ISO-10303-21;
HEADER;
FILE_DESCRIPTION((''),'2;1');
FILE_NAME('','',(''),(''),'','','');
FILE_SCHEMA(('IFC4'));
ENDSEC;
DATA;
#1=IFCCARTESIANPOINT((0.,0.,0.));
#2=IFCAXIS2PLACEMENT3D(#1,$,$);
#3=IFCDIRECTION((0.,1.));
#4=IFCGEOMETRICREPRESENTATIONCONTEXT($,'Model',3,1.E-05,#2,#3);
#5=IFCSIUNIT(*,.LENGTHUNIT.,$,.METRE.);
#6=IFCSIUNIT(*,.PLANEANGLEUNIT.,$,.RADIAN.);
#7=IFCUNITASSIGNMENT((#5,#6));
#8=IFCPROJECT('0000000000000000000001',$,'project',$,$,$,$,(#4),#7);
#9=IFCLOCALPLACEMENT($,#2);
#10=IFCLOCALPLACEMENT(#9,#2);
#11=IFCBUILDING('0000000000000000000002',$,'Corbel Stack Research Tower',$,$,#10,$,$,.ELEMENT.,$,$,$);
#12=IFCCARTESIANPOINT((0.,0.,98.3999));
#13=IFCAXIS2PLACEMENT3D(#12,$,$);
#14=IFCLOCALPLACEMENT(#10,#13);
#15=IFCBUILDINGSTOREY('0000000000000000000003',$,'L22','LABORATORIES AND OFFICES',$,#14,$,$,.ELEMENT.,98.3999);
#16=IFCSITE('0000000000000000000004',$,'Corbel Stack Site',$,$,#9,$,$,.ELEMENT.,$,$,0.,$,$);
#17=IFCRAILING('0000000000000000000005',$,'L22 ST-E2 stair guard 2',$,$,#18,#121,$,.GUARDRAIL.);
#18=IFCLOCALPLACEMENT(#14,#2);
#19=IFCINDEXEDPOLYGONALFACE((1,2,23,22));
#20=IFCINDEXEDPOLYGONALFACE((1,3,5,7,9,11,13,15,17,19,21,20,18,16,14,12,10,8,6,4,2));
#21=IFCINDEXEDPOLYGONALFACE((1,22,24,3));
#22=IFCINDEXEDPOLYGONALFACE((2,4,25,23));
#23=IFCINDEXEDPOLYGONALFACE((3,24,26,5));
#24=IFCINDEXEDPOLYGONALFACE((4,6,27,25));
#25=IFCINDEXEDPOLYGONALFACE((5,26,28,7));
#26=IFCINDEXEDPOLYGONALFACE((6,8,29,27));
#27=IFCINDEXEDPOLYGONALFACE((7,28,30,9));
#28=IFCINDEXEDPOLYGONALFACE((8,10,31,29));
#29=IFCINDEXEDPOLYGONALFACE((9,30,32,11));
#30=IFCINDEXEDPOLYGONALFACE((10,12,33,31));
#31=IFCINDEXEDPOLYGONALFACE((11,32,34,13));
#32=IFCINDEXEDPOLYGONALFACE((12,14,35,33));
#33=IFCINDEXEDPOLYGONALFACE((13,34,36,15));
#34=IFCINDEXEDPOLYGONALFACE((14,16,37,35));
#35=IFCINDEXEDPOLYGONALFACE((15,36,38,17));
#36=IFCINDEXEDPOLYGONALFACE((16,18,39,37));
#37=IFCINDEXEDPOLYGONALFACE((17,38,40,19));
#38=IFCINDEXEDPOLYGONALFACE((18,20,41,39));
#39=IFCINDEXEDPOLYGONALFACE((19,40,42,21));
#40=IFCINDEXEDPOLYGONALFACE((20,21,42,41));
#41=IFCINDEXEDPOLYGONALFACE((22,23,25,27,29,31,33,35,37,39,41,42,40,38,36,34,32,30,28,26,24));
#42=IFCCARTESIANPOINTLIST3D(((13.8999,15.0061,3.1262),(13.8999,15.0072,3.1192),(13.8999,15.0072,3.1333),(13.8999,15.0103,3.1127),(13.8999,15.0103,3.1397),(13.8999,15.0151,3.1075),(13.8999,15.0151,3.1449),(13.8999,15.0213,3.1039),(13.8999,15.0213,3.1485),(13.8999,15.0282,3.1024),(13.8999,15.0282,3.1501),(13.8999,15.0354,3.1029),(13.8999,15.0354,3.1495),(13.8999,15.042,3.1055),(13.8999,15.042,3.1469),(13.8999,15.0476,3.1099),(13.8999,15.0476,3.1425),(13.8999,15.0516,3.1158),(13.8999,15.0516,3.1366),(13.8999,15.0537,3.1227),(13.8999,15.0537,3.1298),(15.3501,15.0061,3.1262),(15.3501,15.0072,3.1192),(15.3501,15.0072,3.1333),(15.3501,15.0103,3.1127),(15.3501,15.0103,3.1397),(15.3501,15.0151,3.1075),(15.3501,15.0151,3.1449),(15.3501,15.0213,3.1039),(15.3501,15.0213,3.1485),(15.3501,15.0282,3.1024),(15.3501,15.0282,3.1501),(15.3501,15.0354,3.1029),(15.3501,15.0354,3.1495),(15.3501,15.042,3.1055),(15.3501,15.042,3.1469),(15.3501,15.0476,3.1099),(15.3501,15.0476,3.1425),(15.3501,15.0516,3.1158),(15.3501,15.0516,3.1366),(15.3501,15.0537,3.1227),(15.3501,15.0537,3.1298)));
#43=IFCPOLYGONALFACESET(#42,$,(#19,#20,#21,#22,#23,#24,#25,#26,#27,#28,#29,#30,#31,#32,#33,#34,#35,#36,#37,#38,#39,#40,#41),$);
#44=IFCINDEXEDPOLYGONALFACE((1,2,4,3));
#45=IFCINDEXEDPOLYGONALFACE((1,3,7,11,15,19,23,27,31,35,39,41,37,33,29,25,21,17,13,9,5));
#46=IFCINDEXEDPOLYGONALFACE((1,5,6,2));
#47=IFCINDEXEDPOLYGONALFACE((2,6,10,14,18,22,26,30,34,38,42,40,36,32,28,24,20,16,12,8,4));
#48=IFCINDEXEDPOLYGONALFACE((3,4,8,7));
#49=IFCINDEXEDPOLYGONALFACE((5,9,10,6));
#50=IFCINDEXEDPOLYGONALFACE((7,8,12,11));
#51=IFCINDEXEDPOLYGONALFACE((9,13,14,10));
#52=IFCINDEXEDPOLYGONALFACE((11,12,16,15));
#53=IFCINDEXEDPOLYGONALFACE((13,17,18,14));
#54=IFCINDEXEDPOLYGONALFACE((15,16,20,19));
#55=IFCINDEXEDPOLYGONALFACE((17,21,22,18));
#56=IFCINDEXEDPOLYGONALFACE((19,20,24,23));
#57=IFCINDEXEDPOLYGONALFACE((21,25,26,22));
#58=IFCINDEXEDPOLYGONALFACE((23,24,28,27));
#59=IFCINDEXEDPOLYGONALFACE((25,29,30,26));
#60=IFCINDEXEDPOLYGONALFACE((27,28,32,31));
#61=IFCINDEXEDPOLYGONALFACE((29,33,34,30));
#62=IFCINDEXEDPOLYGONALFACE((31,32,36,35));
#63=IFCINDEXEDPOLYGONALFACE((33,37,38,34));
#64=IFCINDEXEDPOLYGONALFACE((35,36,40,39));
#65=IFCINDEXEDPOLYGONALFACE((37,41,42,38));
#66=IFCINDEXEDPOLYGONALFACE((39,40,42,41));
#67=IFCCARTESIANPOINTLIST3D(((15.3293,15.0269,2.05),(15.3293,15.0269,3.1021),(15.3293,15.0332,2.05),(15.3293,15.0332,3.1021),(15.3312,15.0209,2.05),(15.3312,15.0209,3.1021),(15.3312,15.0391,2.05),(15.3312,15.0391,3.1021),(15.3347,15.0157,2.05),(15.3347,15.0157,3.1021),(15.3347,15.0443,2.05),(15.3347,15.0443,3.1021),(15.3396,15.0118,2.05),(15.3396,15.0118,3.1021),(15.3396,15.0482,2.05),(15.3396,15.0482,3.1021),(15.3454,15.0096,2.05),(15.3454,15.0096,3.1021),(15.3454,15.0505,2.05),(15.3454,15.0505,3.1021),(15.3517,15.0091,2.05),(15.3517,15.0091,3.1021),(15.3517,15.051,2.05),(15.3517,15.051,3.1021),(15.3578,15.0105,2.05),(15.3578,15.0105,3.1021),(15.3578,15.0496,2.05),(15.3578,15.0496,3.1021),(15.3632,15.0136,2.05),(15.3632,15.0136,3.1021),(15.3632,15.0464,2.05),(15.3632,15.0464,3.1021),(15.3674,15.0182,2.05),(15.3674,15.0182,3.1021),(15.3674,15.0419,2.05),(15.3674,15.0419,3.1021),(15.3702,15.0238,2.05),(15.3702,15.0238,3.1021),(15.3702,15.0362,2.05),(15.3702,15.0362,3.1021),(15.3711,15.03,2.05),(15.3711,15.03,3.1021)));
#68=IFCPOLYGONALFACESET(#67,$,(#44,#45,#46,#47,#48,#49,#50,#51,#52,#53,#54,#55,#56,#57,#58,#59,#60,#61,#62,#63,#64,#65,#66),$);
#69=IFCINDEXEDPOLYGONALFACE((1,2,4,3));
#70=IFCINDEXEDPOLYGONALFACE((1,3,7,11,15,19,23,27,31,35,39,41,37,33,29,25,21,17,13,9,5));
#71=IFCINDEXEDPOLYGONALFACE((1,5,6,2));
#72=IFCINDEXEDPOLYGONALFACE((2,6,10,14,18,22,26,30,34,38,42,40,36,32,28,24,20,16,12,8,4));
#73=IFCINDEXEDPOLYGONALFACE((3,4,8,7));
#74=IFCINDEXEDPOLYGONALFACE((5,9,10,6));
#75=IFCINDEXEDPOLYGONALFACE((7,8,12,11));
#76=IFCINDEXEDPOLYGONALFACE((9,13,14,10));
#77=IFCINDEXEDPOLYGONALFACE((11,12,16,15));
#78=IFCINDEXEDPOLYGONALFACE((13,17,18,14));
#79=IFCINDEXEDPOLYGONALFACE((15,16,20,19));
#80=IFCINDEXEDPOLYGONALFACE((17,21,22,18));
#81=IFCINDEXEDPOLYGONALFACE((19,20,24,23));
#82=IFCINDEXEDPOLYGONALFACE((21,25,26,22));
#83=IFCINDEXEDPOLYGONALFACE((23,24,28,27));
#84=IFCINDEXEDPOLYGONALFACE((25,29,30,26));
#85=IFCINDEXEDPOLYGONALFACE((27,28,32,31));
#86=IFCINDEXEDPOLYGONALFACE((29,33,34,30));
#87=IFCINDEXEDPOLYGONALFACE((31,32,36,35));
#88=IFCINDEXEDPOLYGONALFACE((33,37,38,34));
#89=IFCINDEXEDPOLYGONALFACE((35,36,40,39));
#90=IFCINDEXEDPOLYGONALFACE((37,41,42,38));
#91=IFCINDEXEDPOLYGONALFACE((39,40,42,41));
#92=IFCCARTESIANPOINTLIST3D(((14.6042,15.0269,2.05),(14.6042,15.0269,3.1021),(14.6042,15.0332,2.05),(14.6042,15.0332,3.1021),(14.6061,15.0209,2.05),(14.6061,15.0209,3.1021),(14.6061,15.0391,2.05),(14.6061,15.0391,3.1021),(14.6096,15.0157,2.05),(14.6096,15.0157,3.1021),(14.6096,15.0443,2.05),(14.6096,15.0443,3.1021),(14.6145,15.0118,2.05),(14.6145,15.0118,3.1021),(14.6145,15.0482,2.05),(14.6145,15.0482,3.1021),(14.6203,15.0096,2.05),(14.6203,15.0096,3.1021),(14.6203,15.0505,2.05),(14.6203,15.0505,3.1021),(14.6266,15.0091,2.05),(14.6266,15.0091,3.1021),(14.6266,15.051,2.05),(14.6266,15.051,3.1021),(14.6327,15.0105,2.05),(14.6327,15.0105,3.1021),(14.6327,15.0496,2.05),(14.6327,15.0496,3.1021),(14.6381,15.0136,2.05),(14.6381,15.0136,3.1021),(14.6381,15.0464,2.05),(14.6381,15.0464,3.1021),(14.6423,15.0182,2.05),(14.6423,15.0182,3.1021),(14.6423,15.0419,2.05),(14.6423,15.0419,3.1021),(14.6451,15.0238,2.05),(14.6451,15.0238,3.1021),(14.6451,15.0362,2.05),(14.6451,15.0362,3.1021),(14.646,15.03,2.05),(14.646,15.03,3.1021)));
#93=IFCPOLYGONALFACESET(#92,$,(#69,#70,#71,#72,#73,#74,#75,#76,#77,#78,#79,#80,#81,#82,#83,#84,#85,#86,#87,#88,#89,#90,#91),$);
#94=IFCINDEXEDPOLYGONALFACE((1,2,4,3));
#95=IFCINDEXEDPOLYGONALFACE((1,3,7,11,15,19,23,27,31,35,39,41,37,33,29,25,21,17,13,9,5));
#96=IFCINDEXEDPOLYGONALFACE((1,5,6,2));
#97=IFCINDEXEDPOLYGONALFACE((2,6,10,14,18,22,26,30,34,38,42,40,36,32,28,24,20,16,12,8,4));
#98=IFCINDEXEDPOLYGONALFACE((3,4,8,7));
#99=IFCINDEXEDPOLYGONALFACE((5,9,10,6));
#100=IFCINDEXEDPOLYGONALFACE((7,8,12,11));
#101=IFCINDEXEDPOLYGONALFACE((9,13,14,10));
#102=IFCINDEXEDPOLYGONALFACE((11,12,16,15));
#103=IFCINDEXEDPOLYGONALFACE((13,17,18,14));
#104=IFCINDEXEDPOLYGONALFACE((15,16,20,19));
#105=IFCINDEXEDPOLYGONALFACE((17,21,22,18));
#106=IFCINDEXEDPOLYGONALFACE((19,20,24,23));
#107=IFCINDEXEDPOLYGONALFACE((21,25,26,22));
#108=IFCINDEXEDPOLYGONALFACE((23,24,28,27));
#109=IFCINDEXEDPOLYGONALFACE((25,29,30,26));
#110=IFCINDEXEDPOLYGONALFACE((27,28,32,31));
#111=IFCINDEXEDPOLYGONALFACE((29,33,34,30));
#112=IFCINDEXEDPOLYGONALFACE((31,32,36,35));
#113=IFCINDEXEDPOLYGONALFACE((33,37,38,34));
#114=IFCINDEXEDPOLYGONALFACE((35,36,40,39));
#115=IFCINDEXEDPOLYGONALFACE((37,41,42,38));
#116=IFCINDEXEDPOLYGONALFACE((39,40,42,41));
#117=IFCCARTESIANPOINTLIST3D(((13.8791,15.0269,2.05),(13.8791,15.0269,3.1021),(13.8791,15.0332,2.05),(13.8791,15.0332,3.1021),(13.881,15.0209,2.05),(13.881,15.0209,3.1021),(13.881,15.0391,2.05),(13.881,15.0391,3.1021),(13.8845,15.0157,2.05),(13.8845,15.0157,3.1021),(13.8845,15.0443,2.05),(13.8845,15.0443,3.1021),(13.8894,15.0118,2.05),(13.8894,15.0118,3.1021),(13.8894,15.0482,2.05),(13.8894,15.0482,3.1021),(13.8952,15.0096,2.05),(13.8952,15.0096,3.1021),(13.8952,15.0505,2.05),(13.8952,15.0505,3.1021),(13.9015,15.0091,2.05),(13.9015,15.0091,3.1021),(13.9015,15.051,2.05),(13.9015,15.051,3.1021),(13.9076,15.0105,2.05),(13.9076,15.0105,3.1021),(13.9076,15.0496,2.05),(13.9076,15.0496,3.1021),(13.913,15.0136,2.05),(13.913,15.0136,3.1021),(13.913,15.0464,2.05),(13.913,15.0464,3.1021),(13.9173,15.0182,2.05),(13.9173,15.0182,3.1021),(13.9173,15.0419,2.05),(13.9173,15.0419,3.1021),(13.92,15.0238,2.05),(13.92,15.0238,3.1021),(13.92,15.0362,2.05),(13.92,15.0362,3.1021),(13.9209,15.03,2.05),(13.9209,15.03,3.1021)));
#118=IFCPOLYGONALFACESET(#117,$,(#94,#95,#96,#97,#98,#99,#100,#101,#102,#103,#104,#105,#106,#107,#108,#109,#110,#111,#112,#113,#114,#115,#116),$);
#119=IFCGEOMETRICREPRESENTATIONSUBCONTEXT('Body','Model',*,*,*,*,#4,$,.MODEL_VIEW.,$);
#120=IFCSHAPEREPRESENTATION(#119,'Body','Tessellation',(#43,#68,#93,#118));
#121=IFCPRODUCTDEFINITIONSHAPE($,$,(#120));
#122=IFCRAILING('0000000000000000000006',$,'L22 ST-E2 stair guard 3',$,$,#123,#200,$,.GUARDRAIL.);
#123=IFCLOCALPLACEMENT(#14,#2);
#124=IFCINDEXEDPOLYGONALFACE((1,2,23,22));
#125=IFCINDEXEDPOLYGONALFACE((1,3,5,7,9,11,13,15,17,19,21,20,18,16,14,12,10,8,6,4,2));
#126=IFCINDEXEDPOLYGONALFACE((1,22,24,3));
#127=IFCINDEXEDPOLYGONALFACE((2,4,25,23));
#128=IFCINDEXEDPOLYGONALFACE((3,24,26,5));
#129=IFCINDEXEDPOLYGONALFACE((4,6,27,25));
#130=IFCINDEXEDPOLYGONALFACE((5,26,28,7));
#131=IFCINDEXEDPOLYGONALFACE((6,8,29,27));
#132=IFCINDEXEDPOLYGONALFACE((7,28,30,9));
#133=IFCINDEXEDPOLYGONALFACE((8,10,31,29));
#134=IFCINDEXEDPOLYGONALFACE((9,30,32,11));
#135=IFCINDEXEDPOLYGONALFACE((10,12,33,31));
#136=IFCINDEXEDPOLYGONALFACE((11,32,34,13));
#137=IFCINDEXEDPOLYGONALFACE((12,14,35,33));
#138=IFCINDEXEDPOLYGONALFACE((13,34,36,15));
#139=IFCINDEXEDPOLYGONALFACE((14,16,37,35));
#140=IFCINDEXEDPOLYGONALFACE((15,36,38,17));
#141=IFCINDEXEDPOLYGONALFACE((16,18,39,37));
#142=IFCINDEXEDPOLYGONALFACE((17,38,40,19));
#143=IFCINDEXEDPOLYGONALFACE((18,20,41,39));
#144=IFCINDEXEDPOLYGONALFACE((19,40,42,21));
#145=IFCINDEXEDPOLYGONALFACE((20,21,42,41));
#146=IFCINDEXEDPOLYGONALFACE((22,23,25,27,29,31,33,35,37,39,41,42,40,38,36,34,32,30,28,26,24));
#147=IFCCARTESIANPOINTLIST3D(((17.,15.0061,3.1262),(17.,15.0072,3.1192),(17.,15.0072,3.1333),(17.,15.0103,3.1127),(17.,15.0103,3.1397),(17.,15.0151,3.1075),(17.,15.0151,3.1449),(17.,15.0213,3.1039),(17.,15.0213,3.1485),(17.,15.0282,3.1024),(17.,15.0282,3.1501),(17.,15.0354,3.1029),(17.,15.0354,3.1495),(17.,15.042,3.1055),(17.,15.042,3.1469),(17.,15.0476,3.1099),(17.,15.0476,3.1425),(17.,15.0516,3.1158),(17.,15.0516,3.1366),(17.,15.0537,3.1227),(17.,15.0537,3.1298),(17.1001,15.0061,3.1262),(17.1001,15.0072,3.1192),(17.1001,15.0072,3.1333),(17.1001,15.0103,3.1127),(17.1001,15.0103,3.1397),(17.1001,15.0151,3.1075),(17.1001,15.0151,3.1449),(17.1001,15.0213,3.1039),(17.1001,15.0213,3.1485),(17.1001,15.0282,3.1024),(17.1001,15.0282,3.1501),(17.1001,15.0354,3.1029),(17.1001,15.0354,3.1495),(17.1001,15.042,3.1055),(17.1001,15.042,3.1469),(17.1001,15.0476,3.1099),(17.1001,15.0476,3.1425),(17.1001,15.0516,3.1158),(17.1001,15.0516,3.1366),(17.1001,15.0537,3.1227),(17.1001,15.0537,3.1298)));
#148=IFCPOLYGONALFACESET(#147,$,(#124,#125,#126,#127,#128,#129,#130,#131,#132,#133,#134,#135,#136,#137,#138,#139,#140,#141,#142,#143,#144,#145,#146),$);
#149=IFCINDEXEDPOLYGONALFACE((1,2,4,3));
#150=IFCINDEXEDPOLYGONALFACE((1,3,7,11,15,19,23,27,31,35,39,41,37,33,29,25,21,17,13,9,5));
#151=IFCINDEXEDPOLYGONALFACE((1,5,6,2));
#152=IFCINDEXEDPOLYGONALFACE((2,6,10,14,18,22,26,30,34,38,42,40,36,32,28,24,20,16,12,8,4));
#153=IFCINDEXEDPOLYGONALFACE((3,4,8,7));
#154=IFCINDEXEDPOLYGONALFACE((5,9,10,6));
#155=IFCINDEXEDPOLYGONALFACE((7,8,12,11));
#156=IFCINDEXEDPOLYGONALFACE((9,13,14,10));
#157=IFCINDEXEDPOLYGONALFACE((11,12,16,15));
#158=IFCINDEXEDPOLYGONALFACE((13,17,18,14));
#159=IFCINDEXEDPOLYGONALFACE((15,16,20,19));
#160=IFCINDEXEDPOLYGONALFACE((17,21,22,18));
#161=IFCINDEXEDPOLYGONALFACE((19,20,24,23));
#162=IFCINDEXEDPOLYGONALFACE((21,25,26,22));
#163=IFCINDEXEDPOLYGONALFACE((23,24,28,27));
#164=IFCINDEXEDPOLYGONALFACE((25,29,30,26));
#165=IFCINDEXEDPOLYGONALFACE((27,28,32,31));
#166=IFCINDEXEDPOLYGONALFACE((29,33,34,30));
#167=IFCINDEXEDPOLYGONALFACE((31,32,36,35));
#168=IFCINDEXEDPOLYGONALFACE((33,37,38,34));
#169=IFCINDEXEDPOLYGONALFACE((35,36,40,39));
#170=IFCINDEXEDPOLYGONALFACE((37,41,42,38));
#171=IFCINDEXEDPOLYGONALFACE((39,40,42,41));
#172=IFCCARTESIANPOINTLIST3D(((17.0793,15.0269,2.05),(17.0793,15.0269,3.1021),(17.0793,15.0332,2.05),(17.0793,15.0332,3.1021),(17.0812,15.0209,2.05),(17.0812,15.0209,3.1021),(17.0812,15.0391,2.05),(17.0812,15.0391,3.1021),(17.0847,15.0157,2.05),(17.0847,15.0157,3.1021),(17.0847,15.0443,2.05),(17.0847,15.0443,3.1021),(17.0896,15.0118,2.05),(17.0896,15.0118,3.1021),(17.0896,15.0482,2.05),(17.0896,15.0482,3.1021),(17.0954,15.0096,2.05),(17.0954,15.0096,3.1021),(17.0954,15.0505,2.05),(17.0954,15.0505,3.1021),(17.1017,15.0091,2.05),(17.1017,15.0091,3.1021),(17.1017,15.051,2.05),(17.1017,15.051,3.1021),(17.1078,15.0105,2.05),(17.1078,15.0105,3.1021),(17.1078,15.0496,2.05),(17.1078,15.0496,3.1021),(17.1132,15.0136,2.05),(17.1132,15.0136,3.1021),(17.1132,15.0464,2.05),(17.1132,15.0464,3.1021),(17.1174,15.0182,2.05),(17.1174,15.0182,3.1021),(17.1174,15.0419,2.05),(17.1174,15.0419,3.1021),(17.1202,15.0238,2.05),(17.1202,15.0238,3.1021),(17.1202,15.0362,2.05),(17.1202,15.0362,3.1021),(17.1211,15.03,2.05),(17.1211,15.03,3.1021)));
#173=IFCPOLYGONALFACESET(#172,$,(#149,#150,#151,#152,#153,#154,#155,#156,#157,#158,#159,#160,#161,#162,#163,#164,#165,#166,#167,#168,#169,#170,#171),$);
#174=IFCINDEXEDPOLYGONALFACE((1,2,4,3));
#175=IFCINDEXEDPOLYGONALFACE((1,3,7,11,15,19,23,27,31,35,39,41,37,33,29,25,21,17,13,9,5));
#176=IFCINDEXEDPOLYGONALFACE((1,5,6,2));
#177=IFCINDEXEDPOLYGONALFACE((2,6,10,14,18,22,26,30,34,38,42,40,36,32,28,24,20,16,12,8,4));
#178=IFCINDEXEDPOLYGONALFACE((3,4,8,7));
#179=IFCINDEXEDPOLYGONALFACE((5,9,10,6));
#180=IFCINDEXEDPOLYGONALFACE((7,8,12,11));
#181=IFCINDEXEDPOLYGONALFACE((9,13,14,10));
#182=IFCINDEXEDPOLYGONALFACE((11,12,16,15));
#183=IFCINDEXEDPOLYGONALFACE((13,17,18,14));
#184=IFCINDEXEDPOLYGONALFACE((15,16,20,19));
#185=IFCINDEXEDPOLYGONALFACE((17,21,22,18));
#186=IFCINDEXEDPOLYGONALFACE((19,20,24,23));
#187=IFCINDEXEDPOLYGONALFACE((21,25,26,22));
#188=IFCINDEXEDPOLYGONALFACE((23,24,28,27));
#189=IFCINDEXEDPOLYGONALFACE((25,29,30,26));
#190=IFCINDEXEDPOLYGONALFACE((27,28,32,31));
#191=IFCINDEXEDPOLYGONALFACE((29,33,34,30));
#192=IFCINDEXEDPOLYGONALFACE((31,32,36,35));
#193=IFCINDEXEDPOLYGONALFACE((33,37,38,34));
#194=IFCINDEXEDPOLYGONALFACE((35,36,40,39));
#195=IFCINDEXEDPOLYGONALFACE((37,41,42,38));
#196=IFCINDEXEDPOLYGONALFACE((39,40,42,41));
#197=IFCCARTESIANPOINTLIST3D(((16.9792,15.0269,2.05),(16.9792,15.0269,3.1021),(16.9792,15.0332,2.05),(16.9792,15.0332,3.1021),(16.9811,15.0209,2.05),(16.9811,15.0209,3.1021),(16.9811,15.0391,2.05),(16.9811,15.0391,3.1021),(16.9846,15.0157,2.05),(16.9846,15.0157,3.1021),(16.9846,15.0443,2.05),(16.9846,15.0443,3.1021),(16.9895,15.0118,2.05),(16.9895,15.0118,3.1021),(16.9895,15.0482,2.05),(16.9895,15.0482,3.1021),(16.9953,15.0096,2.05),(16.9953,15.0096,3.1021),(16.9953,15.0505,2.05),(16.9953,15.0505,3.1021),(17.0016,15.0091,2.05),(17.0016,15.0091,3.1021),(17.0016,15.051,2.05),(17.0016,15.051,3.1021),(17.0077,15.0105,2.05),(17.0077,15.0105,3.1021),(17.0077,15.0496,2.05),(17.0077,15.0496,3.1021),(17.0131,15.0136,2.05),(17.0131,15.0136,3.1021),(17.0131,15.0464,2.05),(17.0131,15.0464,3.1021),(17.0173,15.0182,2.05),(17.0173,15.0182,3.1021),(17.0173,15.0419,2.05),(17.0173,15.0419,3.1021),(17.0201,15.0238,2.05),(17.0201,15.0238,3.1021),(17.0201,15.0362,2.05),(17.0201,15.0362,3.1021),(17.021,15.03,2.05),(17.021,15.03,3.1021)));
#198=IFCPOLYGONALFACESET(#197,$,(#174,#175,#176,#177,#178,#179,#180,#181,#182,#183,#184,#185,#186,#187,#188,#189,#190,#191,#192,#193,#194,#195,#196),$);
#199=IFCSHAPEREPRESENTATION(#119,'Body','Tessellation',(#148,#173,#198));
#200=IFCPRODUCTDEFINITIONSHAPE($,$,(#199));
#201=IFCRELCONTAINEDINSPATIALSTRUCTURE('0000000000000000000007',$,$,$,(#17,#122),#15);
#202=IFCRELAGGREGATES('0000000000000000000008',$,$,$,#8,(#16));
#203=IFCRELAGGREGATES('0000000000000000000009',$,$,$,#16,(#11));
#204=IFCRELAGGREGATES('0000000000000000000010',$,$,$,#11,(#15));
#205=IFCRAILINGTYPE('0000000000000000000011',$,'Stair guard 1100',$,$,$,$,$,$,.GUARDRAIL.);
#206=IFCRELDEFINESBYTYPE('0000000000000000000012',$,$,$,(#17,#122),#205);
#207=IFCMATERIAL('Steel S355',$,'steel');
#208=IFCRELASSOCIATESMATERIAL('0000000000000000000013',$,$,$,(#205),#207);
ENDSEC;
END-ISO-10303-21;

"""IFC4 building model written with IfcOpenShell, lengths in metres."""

from ifc_helpers import new_model, si_unit, direction, frame, origin, origin_2d, place, context, subcontext, project, spatial, circle, extrude, material, type_object, element, save


model = new_model("IFC4")

# Units and contexts
model_context = context("Model", 3, precision=1e-05, world=origin(), true_north=direction((0.0, 1.0)))
body_context = subcontext(model_context, "Body", "Model", "MODEL_VIEW")
ifc_project = project(units=[si_unit("LENGTHUNIT", "METRE"), si_unit("PLANEANGLEUNIT", "RADIAN")], contexts=[model_context])

# Site, building, storey
site_placement = place(None, origin())
site = spatial("IfcSite", under=ifc_project, at=site_placement, Name="Corbel Stack Site", CompositionType="ELEMENT", RefElevation=0.0)
building_placement = place(site_placement, origin())
building = spatial("IfcBuilding", under=site, at=building_placement, Name="Corbel Stack Research Tower", CompositionType="ELEMENT")
storey_placement = place(building_placement, frame((0.0, 0.0, 98.3999)))
storey = spatial("IfcBuildingStorey", under=building, at=storey_placement, Name="L22", Description="LABORATORIES AND OFFICES", CompositionType="ELEMENT", Elevation=98.3999)

# Railings
ifc_material_1 = material(Name="Steel S355", Category="steel")
railing_type_1 = type_object("IfcRailingType", Name="Stair guard 1100", PredefinedType="GUARDRAIL", material=ifc_material_1)
railing_1_placement = place(storey_placement, frame((15.3501, 15.03, 2.05)))
element("IfcRailing", 1, at=railing_1_placement, inside=storey, type_object=railing_type_1, Name="L22 ST-E2 stair guard 2", PredefinedType="GUARDRAIL", context=body_context, shape_type="SweptSolid", body=[
    extrude(circle(Radius=0.0239, at=origin_2d()), frame((0.0, 0.0, 1.0762), z_axis=(-1.0, 0.0, 0.0), x_axis=(0.0, -1.0, 0.0)), (0.0, 0.0, 1.0), 1.4502),
    extrude(circle(Radius=0.021, at=origin_2d()), origin(), (0.0, 0.0, 1.0), 1.052),
    extrude(circle(Radius=0.021, at=origin_2d()), frame((-0.7251, 0.0, 0.0)), (0.0, 0.0, 1.0), 1.052),
    extrude(circle(Radius=0.021, at=origin_2d()), frame((-1.4502, 0.0, 0.0)), (0.0, 0.0, 1.0), 1.052),
])
railing_2_placement = place(storey_placement, frame((17.1001, 15.03, 2.05)))
element("IfcRailing", 2, at=railing_2_placement, inside=storey, type_object=railing_type_1, Name="L22 ST-E2 stair guard 3", PredefinedType="GUARDRAIL", context=body_context, shape_type="SweptSolid", body=[
    extrude(circle(Radius=0.0239, at=origin_2d()), frame((0.0, 0.0, 1.0762), z_axis=(-1.0, 0.0, 0.0), x_axis=(0.0, -1.0, 0.0)), (0.0, 0.0, 1.0), 0.1001),
    extrude(circle(Radius=0.021, at=origin_2d()), origin(), (0.0, 0.0, 1.0), 1.052),
    extrude(circle(Radius=0.021, at=origin_2d()), frame((-0.1001, 0.0, 0.0)), (0.0, 0.0, 1.0), 1.052),
])

save(model, "model.ifc")
